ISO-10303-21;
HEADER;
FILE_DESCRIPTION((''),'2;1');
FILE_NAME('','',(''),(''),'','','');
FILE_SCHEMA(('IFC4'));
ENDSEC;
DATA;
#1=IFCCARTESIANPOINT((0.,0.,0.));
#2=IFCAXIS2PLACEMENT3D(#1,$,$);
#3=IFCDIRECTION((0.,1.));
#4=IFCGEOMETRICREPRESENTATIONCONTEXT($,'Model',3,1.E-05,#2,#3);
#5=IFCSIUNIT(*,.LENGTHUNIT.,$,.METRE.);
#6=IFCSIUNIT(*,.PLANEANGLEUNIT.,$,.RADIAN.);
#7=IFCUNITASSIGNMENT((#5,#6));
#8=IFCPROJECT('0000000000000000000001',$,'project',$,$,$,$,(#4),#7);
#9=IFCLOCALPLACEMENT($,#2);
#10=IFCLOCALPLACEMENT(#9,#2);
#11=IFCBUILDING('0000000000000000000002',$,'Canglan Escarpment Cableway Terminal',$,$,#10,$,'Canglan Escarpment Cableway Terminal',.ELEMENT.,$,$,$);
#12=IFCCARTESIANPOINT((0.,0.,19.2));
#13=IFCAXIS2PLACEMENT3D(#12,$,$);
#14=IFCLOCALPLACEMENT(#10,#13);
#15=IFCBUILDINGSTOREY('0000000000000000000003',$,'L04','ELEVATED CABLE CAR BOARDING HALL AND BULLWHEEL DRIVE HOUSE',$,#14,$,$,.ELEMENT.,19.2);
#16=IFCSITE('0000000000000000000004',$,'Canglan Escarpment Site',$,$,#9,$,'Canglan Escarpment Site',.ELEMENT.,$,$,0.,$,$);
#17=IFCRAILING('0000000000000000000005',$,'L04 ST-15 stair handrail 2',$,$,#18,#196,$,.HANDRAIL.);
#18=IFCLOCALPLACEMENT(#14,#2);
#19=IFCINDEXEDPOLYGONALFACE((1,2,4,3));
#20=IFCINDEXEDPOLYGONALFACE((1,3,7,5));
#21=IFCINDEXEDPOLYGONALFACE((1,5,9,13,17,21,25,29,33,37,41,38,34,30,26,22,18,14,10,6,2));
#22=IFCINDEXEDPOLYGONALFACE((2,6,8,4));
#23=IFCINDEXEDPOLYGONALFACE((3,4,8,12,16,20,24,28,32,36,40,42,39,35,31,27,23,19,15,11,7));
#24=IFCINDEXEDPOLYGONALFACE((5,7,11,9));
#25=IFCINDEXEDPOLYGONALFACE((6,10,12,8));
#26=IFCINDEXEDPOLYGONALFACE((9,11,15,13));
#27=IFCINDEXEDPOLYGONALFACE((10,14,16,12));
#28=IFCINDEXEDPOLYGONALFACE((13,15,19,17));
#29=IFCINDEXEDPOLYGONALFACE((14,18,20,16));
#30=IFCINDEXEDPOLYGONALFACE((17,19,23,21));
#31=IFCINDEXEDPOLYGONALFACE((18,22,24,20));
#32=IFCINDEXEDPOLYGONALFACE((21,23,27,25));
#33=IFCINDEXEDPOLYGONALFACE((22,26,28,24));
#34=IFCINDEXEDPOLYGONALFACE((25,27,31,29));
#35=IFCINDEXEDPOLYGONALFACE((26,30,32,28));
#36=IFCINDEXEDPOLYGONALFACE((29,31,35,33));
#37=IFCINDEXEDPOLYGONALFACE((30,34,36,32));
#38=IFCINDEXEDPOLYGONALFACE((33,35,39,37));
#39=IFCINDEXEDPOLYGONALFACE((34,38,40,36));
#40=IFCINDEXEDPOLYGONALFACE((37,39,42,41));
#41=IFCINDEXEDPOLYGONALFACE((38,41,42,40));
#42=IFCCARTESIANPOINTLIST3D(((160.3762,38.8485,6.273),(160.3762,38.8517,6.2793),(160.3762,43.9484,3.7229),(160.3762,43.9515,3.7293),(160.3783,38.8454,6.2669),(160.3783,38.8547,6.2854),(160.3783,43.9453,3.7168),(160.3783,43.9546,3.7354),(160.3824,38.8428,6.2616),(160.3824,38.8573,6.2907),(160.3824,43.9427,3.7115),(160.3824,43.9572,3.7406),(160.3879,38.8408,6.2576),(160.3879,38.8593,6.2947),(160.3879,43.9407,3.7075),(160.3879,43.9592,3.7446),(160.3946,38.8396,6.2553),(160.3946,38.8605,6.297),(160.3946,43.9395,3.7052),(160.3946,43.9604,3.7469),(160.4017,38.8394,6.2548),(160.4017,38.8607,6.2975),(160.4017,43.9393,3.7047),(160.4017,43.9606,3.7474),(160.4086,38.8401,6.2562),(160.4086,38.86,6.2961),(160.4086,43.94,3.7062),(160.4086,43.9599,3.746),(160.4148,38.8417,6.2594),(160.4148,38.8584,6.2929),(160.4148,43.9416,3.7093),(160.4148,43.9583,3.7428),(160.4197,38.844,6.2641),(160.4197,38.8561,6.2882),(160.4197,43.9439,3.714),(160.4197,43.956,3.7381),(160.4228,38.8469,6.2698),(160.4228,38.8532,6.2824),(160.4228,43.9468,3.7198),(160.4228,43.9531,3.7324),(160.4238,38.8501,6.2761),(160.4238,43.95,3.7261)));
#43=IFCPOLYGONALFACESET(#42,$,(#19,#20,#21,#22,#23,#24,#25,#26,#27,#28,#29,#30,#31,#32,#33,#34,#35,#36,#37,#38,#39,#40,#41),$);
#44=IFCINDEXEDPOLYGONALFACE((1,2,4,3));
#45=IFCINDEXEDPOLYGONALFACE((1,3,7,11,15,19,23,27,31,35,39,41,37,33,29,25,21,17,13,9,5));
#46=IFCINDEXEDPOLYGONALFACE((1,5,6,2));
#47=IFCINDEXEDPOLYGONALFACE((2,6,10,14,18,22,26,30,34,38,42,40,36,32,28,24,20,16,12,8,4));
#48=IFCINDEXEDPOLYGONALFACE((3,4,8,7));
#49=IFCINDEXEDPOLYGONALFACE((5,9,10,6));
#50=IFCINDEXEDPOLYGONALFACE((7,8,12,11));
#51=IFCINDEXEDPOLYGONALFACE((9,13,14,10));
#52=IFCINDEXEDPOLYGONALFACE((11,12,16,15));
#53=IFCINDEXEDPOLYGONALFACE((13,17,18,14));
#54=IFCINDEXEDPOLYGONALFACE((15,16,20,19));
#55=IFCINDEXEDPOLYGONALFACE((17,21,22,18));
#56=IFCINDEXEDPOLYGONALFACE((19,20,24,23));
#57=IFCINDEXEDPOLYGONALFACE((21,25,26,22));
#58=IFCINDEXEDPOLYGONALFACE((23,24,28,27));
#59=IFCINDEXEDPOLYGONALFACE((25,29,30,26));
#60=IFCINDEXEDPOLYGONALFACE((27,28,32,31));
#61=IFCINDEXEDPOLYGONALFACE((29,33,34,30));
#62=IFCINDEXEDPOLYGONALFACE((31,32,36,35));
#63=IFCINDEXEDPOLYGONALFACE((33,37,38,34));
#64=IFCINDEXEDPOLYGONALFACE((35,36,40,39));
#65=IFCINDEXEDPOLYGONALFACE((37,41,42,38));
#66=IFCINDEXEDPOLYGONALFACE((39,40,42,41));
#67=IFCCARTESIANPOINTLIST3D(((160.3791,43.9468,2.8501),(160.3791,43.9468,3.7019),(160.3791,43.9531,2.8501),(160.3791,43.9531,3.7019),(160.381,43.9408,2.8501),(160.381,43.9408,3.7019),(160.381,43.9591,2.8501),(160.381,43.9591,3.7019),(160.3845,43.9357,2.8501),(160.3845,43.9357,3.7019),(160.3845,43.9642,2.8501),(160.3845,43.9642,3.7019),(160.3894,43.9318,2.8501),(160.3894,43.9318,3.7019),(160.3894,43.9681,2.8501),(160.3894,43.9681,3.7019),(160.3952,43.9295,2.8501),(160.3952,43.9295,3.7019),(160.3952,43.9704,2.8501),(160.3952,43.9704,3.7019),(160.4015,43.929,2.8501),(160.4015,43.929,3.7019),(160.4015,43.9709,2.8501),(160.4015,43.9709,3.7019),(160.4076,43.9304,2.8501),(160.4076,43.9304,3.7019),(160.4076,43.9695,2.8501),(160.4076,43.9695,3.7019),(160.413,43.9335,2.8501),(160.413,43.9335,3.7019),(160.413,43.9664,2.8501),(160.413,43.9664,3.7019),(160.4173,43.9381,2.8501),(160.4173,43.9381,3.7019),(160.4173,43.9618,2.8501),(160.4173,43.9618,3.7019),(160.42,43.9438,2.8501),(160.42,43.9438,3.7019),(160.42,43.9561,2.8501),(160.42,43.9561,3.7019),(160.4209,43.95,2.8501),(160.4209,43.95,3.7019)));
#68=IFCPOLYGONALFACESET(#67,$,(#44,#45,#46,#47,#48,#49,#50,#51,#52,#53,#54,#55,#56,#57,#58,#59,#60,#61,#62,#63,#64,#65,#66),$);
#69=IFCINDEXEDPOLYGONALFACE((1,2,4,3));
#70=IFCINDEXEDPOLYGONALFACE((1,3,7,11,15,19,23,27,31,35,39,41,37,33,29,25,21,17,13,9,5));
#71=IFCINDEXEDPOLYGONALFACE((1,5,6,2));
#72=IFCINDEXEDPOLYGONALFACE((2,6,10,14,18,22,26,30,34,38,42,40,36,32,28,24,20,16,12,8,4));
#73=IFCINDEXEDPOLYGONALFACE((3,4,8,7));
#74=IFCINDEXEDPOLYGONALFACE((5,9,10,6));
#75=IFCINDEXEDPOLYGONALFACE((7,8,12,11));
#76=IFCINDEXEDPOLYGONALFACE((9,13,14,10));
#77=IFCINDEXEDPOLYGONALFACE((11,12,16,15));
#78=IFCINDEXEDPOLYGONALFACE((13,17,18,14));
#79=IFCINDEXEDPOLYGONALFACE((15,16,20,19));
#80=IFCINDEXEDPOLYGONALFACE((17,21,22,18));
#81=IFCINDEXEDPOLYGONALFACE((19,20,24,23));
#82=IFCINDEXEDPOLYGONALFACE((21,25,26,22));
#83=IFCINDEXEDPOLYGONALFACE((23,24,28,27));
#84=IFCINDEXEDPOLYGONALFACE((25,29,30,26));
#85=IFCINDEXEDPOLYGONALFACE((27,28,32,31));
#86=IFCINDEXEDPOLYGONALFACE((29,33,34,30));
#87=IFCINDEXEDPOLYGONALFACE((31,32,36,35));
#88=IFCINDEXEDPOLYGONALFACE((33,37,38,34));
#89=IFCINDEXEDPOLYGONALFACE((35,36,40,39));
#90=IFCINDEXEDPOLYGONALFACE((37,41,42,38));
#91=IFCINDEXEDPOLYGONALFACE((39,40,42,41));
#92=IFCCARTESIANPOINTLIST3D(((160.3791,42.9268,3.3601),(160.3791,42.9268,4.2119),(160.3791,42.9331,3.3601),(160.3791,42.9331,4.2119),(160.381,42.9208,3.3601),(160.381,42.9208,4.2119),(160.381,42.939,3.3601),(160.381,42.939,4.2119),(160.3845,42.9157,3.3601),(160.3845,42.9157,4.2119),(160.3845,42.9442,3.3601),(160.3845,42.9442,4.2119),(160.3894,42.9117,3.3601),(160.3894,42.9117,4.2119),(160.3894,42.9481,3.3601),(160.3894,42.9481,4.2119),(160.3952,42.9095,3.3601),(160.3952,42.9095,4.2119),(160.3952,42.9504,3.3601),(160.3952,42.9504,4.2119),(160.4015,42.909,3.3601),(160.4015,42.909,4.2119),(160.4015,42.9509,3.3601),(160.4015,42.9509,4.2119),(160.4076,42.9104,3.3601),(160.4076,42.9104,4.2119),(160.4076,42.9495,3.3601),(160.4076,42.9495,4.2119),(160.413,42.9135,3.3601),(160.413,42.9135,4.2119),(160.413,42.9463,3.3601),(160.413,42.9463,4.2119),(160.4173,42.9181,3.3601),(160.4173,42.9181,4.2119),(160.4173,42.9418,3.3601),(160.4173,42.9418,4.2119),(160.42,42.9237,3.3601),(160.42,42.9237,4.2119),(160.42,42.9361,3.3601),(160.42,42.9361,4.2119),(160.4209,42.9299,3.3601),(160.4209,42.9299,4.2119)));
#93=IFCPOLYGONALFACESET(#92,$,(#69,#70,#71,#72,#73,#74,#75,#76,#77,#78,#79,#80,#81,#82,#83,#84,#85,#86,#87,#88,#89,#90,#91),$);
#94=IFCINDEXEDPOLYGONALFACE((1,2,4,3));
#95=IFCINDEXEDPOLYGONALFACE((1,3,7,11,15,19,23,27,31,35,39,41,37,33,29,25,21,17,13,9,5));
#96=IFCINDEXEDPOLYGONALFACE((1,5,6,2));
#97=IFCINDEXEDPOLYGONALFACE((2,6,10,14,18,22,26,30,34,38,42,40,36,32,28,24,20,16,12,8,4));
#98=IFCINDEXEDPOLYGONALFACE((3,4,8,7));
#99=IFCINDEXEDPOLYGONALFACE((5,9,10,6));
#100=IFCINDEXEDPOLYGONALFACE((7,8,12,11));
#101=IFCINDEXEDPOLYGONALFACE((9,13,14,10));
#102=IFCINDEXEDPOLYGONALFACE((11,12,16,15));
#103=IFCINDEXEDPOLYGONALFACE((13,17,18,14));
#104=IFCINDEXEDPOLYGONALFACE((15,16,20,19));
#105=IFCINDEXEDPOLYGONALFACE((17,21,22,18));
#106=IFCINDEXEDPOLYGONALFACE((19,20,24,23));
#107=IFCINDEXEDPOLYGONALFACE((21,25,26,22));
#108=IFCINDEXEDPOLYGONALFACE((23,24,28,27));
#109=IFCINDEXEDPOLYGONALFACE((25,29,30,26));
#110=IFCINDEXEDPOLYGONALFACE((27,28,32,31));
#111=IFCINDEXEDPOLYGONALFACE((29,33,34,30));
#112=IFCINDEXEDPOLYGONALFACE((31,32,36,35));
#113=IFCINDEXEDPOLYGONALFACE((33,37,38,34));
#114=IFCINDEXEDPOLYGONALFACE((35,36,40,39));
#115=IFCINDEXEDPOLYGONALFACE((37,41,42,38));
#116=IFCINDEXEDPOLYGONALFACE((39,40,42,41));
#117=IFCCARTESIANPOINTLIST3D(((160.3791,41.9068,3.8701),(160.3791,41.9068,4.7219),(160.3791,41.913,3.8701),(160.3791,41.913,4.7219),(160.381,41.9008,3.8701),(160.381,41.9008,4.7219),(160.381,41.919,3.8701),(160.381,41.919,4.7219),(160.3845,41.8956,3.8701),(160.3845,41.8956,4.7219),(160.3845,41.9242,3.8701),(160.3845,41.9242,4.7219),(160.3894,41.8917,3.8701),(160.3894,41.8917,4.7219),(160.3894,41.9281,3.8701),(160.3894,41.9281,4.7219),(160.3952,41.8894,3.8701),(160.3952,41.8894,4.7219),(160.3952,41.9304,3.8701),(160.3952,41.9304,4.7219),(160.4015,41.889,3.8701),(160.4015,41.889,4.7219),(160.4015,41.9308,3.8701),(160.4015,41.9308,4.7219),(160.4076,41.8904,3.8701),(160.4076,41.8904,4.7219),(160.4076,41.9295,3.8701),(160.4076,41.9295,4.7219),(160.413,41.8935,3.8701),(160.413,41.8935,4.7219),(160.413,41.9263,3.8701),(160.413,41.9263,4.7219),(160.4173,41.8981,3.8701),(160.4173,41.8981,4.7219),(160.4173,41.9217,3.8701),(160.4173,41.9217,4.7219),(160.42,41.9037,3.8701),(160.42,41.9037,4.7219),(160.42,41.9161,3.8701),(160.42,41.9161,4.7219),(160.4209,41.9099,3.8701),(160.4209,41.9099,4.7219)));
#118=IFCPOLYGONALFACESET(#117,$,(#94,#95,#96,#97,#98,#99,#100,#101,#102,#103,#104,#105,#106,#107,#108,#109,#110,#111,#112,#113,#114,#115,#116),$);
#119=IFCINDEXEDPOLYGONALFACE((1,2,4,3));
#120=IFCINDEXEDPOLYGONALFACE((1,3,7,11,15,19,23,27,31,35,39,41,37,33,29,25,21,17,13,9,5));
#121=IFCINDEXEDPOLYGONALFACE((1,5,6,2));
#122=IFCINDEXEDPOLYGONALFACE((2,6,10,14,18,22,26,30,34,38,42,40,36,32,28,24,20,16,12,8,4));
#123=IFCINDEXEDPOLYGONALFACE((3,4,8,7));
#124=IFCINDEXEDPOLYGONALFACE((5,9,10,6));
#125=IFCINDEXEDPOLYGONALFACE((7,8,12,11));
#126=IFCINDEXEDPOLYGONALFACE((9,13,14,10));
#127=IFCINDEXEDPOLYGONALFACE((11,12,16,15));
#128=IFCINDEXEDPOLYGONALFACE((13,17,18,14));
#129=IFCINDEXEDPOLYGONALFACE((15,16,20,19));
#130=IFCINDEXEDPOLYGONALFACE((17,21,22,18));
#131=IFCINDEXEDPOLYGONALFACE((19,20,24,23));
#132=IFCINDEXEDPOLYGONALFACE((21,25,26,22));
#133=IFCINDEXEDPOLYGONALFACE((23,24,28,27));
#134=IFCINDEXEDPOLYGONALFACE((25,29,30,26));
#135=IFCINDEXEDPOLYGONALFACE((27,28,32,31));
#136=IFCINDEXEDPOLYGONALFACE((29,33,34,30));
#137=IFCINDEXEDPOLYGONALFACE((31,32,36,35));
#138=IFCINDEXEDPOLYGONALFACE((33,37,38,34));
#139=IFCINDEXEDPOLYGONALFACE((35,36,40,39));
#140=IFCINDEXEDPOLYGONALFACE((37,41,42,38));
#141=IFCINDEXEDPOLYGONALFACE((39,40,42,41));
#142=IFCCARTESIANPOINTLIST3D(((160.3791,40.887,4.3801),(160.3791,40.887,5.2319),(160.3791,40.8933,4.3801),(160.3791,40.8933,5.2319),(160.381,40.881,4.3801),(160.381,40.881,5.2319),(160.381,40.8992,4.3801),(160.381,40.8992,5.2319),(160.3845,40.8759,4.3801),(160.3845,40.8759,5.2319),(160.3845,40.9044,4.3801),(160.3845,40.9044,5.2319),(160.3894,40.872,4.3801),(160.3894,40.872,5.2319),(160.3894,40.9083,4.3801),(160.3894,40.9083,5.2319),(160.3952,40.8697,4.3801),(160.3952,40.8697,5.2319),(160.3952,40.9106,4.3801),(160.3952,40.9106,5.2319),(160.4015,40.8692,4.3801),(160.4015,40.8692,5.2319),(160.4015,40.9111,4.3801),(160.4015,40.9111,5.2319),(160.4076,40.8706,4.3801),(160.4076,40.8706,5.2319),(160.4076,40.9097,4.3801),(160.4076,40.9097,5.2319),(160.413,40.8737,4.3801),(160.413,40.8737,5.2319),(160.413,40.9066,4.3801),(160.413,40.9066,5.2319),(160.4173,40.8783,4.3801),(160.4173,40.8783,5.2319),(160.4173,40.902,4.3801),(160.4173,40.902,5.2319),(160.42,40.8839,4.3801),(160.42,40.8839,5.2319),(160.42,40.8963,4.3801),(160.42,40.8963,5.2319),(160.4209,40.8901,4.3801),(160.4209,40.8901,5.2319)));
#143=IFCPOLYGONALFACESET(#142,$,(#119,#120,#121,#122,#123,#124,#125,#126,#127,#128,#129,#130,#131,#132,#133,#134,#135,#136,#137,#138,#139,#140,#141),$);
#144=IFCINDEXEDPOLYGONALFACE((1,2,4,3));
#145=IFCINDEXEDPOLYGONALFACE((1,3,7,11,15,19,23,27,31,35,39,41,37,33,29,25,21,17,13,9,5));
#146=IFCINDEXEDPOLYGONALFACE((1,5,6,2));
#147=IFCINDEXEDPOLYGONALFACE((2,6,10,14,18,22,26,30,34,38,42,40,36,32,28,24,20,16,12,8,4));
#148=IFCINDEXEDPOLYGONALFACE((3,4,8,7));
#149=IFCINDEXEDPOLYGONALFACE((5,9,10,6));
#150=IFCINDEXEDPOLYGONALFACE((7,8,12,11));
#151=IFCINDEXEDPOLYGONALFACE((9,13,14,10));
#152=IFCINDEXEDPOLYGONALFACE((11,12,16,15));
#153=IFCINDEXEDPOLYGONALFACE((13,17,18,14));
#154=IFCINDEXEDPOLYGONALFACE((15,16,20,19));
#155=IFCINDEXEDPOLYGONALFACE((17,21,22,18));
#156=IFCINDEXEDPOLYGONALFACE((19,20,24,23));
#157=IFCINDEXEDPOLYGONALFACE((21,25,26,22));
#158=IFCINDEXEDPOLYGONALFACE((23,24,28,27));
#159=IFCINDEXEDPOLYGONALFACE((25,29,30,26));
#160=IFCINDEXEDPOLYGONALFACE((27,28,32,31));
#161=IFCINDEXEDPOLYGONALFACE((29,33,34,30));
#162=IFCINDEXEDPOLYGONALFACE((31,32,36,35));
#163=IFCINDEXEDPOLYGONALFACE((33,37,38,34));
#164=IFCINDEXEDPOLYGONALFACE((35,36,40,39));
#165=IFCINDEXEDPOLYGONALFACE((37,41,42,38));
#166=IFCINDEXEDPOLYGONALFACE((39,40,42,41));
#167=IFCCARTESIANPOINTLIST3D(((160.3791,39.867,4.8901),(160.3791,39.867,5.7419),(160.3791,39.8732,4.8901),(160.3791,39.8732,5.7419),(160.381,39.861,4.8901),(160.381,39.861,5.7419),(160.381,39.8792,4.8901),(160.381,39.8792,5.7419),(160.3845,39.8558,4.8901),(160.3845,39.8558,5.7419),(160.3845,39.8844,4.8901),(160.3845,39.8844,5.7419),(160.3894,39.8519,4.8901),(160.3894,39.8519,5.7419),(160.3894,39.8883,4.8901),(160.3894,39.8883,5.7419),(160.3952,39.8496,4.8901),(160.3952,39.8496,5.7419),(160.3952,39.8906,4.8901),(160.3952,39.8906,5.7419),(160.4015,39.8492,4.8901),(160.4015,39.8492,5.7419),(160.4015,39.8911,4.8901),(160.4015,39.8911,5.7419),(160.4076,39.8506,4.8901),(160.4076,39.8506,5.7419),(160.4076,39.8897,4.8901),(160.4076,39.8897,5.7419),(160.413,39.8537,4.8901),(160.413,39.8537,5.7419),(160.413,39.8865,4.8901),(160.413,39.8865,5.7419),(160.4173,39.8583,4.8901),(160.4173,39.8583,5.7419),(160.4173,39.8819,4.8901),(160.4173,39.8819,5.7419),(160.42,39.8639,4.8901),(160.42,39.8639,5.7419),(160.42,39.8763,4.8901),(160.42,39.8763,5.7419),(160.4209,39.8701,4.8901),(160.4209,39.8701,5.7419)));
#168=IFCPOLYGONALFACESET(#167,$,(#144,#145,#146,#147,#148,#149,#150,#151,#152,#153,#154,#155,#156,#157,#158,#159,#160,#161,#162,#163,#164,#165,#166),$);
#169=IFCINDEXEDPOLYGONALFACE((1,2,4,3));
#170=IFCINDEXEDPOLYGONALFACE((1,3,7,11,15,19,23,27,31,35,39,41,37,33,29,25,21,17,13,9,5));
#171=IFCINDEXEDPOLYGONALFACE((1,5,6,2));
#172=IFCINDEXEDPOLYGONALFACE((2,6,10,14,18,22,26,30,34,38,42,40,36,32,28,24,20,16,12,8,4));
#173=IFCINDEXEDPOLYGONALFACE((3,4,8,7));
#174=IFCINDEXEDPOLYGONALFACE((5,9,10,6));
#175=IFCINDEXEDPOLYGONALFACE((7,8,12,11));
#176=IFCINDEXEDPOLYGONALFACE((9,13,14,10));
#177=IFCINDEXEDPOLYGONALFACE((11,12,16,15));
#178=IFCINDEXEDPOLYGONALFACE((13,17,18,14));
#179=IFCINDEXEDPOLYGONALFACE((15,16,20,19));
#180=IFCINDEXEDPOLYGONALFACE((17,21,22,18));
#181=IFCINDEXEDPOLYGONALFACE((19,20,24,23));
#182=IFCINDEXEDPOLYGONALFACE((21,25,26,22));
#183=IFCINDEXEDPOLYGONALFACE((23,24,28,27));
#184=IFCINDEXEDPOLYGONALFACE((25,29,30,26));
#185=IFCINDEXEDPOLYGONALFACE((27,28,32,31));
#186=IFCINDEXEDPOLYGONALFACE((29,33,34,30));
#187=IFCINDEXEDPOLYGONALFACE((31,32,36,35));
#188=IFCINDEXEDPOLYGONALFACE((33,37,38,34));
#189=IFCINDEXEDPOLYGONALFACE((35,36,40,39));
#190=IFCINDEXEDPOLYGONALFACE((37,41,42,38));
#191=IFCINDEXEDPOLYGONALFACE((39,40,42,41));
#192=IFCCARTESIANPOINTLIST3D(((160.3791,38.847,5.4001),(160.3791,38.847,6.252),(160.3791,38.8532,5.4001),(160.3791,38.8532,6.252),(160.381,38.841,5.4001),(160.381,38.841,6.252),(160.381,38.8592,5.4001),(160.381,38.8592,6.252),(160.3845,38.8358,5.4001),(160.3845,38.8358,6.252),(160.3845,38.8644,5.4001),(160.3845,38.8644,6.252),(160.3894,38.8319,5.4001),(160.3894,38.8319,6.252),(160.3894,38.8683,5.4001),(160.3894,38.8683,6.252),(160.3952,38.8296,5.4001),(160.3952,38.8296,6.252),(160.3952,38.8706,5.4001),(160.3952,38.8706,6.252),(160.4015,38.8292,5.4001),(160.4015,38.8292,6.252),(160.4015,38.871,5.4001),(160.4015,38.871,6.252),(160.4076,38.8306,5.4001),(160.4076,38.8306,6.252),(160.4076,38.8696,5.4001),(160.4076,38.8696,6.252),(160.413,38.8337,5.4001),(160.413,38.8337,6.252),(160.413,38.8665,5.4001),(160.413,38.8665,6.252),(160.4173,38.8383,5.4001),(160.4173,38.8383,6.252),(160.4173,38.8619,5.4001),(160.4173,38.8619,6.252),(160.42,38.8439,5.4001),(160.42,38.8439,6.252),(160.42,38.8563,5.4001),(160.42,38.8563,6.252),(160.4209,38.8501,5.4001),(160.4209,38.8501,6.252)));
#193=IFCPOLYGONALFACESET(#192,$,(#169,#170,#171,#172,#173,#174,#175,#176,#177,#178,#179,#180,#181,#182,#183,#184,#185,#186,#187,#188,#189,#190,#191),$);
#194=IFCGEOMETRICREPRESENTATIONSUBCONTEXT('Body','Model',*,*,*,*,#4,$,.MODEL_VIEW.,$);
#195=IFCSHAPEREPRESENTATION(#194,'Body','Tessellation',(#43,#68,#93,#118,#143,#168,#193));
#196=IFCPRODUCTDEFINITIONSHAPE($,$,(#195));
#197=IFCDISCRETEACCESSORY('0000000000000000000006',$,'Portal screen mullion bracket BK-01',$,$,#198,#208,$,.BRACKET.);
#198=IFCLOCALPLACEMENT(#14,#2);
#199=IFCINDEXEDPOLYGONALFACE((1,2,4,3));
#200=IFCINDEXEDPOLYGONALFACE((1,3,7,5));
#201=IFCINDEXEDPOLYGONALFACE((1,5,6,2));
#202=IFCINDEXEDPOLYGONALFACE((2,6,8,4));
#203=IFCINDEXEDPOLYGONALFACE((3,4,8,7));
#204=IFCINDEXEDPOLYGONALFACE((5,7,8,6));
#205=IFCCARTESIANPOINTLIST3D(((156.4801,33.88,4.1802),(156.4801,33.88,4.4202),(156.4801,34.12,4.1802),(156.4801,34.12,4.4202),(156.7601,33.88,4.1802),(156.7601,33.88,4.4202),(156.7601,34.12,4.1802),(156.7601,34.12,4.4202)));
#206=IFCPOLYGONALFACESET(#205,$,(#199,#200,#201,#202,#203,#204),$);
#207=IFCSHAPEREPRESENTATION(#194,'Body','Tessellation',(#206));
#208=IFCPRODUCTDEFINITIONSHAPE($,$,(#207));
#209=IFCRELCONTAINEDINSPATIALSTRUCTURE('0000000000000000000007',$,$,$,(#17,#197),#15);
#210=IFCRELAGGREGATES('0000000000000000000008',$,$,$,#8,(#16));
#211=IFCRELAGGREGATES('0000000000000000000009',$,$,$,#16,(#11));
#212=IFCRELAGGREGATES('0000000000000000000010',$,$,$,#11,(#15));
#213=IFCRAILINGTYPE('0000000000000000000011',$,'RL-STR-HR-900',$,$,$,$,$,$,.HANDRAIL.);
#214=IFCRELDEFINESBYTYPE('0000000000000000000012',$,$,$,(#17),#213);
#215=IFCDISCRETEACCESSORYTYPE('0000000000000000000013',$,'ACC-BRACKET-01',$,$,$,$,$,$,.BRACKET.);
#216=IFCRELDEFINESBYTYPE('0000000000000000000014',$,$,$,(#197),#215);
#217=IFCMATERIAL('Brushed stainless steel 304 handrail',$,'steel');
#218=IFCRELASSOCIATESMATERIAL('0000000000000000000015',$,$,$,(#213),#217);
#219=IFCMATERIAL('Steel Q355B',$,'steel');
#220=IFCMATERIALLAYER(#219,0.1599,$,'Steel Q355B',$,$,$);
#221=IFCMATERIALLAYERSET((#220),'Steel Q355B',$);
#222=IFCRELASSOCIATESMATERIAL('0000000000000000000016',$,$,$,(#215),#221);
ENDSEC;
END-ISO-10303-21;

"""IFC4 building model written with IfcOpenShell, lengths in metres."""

from ifc_helpers import new_model, si_unit, direction, frame, origin, origin_2d, place, context, subcontext, project, spatial, rectangle, circle, extrude, material, layer, layer_set, type_object, element, save


model = new_model("IFC4")

# Units and contexts
model_context = context("Model", 3, precision=1e-05, world=origin(), true_north=direction((0.0, 1.0)))
body_context = subcontext(model_context, "Body", "Model", "MODEL_VIEW")
ifc_project = project(units=[si_unit("LENGTHUNIT", "METRE"), si_unit("PLANEANGLEUNIT", "RADIAN")], contexts=[model_context])

# Site, building, storey
site_placement = place(None, origin())
site = spatial("IfcSite", under=ifc_project, at=site_placement, Name="Canglan Escarpment Site", LongName="Canglan Escarpment Site", CompositionType="ELEMENT", RefElevation=0.0)
building_placement = place(site_placement, origin())
building = spatial("IfcBuilding", under=site, at=building_placement, Name="Canglan Escarpment Cableway Terminal", LongName="Canglan Escarpment Cableway Terminal", CompositionType="ELEMENT")
storey_placement = place(building_placement, frame((0.0, 0.0, 19.2)))
storey = spatial("IfcBuildingStorey", under=building, at=storey_placement, Name="L04", Description="ELEVATED CABLE CAR BOARDING HALL AND BULLWHEEL DRIVE HOUSE", CompositionType="ELEMENT", Elevation=19.2)

# Shared definitions
ifc_material_1 = material(Name="Steel Q355B", Category="steel")

# Railing
ifc_material_2 = material(Name="Brushed stainless steel 304 handrail", Category="steel")
railing_type_1 = type_object("IfcRailingType", Name="RL-STR-HR-900", PredefinedType="HANDRAIL", material=ifc_material_2)
railing_1_placement = place(storey_placement, frame((160.3999, 43.95, 2.8501)))
element("IfcRailing", 1, at=railing_1_placement, inside=storey, type_object=railing_type_1, Name="L04 ST-15 stair handrail 2", PredefinedType="HANDRAIL", context=body_context, shape_type="SweptSolid", body=[
    extrude(circle(Radius=0.0239, at=origin_2d()), frame((0.0, 0.0, 0.876), z_axis=(0.0, -0.894419, 0.447231), x_axis=(1.0, 0.0, 0.0)), (0.0, 0.0, 1.0), 5.7019),
    extrude(circle(Radius=0.021, at=origin_2d()), origin(), (0.0, 0.0, 1.0), 0.8518),
    extrude(circle(Radius=0.021, at=origin_2d()), frame((0.0, -1.02, 0.51)), (0.0, 0.0, 1.0), 0.8518),
    extrude(circle(Radius=0.021, at=origin_2d()), frame((0.0, -2.04, 1.02)), (0.0, 0.0, 1.0), 0.8518),
    extrude(circle(Radius=0.021, at=origin_2d()), frame((0.0, -3.0598, 1.53)), (0.0, 0.0, 1.0), 0.8518),
    extrude(circle(Radius=0.021, at=origin_2d()), frame((0.0, -4.0798, 2.04)), (0.0, 0.0, 1.0), 0.8518),
    extrude(circle(Radius=0.021, at=origin_2d()), frame((0.0, -5.0999, 2.55)), (0.0, 0.0, 1.0), 0.8518),
])

# Discrete accessory
ifc_layer_1 = layer(ifc_material_1, 0.1599, Name="Steel Q355B")
ifc_layer_set_1 = layer_set([ifc_layer_1], Name="Steel Q355B")
discrete_accessory_type_1 = type_object("IfcDiscreteAccessoryType", Name="ACC-BRACKET-01", PredefinedType="BRACKET", material=ifc_layer_set_1)
discrete_accessory_placement = place(storey_placement, frame((156.6201, 34.0, 4.1802), z_axis=(0.0, 0.0, 1.0), x_axis=(1.0, 0.0, 0.0)))
element("IfcDiscreteAccessory", 2, at=discrete_accessory_placement, inside=storey, type_object=discrete_accessory_type_1, Name="Portal screen mullion bracket BK-01", PredefinedType="BRACKET", context=body_context, shape_type="SweptSolid", body=[
    extrude(rectangle(XDim=0.28, YDim=0.24, at=origin_2d()), origin(), (0.0, 0.0, 1.0), 0.24),
])

save(model, "model.ifc")
